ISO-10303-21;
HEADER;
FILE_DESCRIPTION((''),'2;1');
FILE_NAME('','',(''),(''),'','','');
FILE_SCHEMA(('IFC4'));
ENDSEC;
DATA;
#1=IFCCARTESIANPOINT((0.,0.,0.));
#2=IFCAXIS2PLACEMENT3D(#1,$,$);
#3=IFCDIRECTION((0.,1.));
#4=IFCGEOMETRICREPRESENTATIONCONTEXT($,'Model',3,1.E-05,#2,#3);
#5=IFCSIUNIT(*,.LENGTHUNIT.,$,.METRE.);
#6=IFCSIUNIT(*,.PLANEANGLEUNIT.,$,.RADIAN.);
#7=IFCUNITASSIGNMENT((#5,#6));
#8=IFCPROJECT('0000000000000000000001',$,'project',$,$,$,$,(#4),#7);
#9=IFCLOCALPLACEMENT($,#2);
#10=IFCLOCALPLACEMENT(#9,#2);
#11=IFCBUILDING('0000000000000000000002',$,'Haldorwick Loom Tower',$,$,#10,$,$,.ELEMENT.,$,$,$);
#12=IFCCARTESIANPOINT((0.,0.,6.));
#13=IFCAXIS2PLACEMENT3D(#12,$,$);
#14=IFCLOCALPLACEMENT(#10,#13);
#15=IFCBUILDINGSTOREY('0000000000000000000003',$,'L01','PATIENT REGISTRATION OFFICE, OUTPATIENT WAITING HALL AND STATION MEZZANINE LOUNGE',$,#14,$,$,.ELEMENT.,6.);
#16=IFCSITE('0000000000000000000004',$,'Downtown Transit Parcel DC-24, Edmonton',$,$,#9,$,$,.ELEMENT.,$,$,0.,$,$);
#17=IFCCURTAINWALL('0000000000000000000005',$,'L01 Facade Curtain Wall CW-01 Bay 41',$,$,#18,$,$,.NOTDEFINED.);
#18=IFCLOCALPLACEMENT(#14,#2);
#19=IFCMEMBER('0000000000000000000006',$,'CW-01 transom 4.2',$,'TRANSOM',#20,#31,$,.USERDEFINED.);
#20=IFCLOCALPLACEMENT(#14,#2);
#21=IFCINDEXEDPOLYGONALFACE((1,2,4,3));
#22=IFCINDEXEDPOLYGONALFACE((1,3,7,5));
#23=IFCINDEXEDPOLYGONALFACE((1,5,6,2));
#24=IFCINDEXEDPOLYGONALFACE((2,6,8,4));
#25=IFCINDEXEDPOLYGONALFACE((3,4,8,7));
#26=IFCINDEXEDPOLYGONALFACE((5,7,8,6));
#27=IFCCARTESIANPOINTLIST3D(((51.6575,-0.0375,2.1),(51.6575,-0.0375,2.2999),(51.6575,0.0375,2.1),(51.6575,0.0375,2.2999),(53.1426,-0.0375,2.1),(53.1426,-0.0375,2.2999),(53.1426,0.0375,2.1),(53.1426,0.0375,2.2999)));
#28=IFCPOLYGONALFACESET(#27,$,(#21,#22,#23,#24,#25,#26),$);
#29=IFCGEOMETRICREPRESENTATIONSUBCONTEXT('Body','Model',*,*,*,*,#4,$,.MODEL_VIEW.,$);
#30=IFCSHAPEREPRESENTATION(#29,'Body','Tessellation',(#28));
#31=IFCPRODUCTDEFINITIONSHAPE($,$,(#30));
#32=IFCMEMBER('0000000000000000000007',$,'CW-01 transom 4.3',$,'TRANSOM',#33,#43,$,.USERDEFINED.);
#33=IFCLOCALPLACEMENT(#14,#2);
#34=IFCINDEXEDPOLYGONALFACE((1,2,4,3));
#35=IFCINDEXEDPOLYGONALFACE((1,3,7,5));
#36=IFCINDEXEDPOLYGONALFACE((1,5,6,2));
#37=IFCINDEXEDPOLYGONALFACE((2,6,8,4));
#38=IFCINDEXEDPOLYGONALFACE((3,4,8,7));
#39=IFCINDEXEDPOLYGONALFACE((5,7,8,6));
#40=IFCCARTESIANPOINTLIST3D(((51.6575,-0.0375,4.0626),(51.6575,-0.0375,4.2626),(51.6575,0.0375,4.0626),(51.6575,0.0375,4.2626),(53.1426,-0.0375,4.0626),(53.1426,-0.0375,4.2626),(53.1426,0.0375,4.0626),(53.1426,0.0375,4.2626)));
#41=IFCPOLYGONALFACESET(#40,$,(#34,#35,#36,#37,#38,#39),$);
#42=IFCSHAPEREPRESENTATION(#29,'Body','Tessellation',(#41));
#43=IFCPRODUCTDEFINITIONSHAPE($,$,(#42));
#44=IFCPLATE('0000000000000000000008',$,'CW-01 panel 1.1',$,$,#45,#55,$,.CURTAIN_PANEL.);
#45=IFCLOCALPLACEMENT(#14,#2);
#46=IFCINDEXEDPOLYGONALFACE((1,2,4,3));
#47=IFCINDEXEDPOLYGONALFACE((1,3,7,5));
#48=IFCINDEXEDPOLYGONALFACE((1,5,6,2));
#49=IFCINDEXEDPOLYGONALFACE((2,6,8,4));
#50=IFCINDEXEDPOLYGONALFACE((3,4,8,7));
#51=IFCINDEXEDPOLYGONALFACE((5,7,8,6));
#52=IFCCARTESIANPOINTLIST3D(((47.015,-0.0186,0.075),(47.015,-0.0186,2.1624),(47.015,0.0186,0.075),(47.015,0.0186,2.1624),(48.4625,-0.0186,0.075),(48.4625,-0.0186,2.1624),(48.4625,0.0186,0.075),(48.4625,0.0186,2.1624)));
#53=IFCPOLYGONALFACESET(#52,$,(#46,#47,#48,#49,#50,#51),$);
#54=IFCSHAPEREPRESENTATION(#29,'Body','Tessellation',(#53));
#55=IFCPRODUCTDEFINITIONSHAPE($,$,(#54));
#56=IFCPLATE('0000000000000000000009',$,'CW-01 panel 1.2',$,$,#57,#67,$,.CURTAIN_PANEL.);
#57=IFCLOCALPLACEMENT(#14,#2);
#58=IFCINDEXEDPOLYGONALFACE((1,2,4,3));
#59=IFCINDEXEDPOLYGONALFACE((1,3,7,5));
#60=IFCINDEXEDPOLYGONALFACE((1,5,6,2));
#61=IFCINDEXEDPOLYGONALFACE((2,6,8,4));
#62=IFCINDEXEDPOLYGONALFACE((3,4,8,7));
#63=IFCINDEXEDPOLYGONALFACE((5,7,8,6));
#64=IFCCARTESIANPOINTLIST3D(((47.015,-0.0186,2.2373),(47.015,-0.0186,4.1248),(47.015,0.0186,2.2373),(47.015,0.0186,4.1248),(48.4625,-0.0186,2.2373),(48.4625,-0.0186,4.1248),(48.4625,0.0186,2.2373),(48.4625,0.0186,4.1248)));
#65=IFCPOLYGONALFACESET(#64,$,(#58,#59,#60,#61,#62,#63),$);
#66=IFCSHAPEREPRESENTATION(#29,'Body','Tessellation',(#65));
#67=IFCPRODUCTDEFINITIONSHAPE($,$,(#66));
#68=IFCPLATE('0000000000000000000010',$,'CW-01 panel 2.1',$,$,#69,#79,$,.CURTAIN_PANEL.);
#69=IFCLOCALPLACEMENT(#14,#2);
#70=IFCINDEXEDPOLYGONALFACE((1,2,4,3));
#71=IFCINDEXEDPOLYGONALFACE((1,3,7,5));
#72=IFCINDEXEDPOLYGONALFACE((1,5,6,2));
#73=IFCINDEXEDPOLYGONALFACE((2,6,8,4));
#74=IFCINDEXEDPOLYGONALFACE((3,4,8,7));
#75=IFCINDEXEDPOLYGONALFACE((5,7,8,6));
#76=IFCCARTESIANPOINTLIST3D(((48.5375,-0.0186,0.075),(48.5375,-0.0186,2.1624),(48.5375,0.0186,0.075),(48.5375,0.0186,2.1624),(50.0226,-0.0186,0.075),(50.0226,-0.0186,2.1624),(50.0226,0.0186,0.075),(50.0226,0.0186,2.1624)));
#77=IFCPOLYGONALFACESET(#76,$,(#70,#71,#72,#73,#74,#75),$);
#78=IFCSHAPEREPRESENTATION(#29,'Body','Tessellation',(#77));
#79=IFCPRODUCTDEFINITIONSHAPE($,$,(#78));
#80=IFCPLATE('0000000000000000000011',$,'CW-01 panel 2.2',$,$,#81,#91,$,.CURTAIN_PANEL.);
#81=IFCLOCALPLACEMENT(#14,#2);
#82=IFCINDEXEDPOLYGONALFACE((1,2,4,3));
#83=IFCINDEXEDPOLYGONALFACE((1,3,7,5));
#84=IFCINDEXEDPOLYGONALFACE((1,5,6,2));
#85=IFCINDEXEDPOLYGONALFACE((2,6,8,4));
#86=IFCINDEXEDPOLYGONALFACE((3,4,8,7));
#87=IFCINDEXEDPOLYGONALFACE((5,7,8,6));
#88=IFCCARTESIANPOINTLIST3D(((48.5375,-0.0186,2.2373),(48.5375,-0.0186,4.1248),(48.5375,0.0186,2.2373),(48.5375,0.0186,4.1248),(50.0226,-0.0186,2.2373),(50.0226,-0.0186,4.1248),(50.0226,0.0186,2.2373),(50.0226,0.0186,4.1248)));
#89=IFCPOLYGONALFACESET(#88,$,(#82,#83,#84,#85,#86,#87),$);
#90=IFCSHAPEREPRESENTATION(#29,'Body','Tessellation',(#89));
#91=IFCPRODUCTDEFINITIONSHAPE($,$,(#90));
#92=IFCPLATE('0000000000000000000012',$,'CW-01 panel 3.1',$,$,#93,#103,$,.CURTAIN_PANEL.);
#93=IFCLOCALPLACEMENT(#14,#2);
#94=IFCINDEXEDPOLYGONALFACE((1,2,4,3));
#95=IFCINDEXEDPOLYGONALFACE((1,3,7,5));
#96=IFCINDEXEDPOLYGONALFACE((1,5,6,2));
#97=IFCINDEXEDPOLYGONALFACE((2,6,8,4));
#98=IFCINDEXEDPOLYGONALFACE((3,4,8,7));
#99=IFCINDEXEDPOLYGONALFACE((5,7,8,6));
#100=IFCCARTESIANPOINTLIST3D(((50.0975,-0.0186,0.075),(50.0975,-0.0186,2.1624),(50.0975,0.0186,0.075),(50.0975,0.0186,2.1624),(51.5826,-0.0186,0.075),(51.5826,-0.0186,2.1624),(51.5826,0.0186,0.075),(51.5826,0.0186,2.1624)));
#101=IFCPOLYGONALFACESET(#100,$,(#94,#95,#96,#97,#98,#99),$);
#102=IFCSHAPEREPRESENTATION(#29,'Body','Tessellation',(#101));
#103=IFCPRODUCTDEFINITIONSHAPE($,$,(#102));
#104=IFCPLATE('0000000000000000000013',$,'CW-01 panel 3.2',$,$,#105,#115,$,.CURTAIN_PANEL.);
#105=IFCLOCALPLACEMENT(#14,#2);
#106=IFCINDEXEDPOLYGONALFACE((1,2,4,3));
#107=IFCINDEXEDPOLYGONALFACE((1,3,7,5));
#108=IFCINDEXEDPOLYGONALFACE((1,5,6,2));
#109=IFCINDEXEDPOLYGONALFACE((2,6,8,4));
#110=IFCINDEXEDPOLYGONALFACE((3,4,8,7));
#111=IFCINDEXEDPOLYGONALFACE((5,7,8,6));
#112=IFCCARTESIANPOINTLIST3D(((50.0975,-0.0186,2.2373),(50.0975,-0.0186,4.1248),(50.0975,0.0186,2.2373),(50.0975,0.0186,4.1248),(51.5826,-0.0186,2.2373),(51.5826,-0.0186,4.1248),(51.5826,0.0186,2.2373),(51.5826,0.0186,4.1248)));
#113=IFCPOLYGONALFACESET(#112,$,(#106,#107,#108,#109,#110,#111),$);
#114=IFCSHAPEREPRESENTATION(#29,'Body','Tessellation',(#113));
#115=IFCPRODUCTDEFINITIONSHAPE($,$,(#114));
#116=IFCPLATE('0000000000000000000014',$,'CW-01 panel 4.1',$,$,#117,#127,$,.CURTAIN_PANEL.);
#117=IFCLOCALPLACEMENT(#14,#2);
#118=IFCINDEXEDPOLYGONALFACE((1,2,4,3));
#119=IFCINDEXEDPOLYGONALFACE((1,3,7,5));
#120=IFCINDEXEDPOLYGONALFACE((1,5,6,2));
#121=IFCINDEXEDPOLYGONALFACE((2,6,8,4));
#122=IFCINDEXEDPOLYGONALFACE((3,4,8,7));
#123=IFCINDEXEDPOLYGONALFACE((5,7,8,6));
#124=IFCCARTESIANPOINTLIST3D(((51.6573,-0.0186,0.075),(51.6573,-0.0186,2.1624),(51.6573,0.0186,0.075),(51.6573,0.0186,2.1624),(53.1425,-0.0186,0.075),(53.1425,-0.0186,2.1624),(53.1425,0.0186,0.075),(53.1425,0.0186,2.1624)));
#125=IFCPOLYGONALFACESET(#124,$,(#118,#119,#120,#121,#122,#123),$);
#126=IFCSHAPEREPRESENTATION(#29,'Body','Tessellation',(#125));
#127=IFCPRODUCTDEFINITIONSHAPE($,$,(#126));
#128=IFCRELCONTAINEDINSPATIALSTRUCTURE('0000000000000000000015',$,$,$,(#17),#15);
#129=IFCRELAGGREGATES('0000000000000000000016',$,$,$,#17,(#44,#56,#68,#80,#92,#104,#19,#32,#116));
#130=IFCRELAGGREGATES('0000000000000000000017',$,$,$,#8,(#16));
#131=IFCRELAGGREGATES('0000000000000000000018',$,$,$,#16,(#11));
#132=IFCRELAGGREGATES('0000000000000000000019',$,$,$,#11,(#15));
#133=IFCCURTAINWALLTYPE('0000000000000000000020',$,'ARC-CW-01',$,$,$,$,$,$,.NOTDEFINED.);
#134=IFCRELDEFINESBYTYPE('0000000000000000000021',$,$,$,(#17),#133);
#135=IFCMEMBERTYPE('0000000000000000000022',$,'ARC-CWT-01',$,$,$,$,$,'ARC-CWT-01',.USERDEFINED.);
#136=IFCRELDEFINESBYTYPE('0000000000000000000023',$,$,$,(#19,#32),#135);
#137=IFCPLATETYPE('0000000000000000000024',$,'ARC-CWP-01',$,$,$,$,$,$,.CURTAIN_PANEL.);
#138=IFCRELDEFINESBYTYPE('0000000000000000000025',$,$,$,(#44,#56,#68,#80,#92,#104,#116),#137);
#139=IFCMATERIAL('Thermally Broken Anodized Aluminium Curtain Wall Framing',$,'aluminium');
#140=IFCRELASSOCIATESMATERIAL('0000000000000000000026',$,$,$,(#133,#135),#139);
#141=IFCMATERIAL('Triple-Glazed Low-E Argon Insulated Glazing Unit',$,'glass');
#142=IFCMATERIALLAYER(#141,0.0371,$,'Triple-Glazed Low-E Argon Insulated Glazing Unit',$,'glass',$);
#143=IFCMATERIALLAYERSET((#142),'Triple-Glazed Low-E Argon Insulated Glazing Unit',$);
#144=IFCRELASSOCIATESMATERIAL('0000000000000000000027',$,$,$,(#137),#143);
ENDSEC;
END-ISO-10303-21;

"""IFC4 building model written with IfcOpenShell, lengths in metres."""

from ifc_helpers import new_model, si_unit, direction, frame, origin, origin_2d, place, context, subcontext, project, spatial, rectangle, extrude, material, layer, layer_set, material_profile, profile_set, type_object, element, aggregate, save


model = new_model("IFC4")

# Units and contexts
model_context = context("Model", 3, precision=1e-05, world=origin(), true_north=direction((0.0, 1.0)))
body_context = subcontext(model_context, "Body", "Model", "MODEL_VIEW")
ifc_project = project(units=[si_unit("LENGTHUNIT", "METRE"), si_unit("PLANEANGLEUNIT", "RADIAN")], contexts=[model_context])

# Site, building, storey
site_placement = place(None, origin())
site = spatial("IfcSite", under=ifc_project, at=site_placement, Name="Downtown Transit Parcel DC-24, Edmonton", CompositionType="ELEMENT", RefElevation=0.0)
building_placement = place(site_placement, origin())
building = spatial("IfcBuilding", under=site, at=building_placement, Name="Haldorwick Loom Tower", CompositionType="ELEMENT")
storey_placement = place(building_placement, frame((0.0, 0.0, 6.0)))
storey = spatial("IfcBuildingStorey", under=building, at=storey_placement, Name="L01", Description="PATIENT REGISTRATION OFFICE, OUTPATIENT WAITING HALL AND STATION MEZZANINE LOUNGE", CompositionType="ELEMENT", Elevation=6.0)

# Shared definitions
ifc_material_1 = material(Name="Thermally Broken Anodized Aluminium Curtain Wall Framing", Category="aluminium")
curtain_wall_type = type_object("IfcCurtainWallType", Name="ARC-CW-01", PredefinedType="NOTDEFINED", material=ifc_material_1)

# Curtain wall, members, plates
curtain_wall_1_placement = place(storey_placement, origin())
curtain_wall_1 = element("IfcCurtainWall", 1, at=curtain_wall_1_placement, inside=storey, type_object=curtain_wall_type, Name="L01 Facade Curtain Wall CW-01 Bay 41", PredefinedType="NOTDEFINED")
ifc_material_profile_1 = material_profile(ifc_material_1, rectangle(XDim=0.075, YDim=0.2, at=origin_2d()), Name="ALU_TRN_75X200", Category="aluminium")
ifc_profile_set_1 = profile_set([ifc_material_profile_1], Name="Thermally Broken Anodized Aluminium Curtain Wall Framing")
member_type_1 = type_object("IfcMemberType", Name="ARC-CWT-01", ElementType="ARC-CWT-01", PredefinedType="USERDEFINED", material=ifc_profile_set_1)
member_1_placement = place(storey_placement, frame((51.6575, 0.0, 2.2), z_axis=(1.0, 0.0, 0.0), x_axis=(0.0, 1.0, 0.0)))
member_1 = element("IfcMember", 2, at=member_1_placement, type_object=member_type_1, Name="CW-01 transom 4.2", ObjectType="TRANSOM", PredefinedType="USERDEFINED", context=body_context, shape_type="SweptSolid", body=[
    extrude(rectangle(XDim=0.075, YDim=0.2, at=origin_2d()), origin(), (0.0, 0.0, 1.0), 1.4851),
])
member_2_placement = place(storey_placement, frame((51.6575, 0.0, 4.1626), z_axis=(1.0, 0.0, 0.0), x_axis=(0.0, 1.0, 0.0)))
member_2 = element("IfcMember", 3, at=member_2_placement, type_object=member_type_1, Name="CW-01 transom 4.3", ObjectType="TRANSOM", PredefinedType="USERDEFINED", context=body_context, shape_type="SweptSolid", body=[
    extrude(rectangle(XDim=0.075, YDim=0.2, at=origin_2d()), origin(), (0.0, 0.0, 1.0), 1.4851),
])
ifc_material_2 = material(Name="Triple-Glazed Low-E Argon Insulated Glazing Unit", Category="glass")
ifc_layer = layer(ifc_material_2, 0.0371, Name="Triple-Glazed Low-E Argon Insulated Glazing Unit", Category="glass")
ifc_layer_set = layer_set([ifc_layer], Name="Triple-Glazed Low-E Argon Insulated Glazing Unit")
plate_type = type_object("IfcPlateType", Name="ARC-CWP-01", PredefinedType="CURTAIN_PANEL", material=ifc_layer_set)
plate_1_placement = place(storey_placement, frame((47.7388, 0.0, 0.075), z_axis=(0.0, 0.0, 1.0), x_axis=(1.0, 0.0, 0.0)))
plate_1 = element("IfcPlate", 4, at=plate_1_placement, type_object=plate_type, Name="CW-01 panel 1.1", PredefinedType="CURTAIN_PANEL", context=body_context, shape_type="SweptSolid", body=[
    extrude(rectangle(XDim=1.4475, YDim=0.0371, at=origin_2d()), origin(), (0.0, 0.0, 1.0), 2.0874),
])
plate_2_placement = place(storey_placement, frame((47.7388, 0.0, 2.2373), z_axis=(0.0, 0.0, 1.0), x_axis=(1.0, 0.0, 0.0)))
plate_2 = element("IfcPlate", 5, at=plate_2_placement, type_object=plate_type, Name="CW-01 panel 1.2", PredefinedType="CURTAIN_PANEL", context=body_context, shape_type="SweptSolid", body=[
    extrude(rectangle(XDim=1.4475, YDim=0.0371, at=origin_2d()), origin(), (0.0, 0.0, 1.0), 1.8875),
])
plate_3_placement = place(storey_placement, frame((49.28, 0.0, 0.075), z_axis=(0.0, 0.0, 1.0), x_axis=(1.0, 0.0, 0.0)))
plate_3 = element("IfcPlate", 6, at=plate_3_placement, type_object=plate_type, Name="CW-01 panel 2.1", PredefinedType="CURTAIN_PANEL", context=body_context, shape_type="SweptSolid", body=[
    extrude(rectangle(XDim=1.4851, YDim=0.0371, at=origin_2d()), origin(), (0.0, 0.0, 1.0), 2.0874),
])
plate_4_placement = place(storey_placement, frame((49.28, 0.0, 2.2373), z_axis=(0.0, 0.0, 1.0), x_axis=(1.0, 0.0, 0.0)))
plate_4 = element("IfcPlate", 7, at=plate_4_placement, type_object=plate_type, Name="CW-01 panel 2.2", PredefinedType="CURTAIN_PANEL", context=body_context, shape_type="SweptSolid", body=[
    extrude(rectangle(XDim=1.4851, YDim=0.0371, at=origin_2d()), origin(), (0.0, 0.0, 1.0), 1.8875),
])
plate_5_placement = place(storey_placement, frame((50.8401, 0.0, 0.075), z_axis=(0.0, 0.0, 1.0), x_axis=(1.0, 0.0, 0.0)))
plate_5 = element("IfcPlate", 8, at=plate_5_placement, type_object=plate_type, Name="CW-01 panel 3.1", PredefinedType="CURTAIN_PANEL", context=body_context, shape_type="SweptSolid", body=[
    extrude(rectangle(XDim=1.4851, YDim=0.0371, at=origin_2d()), origin(), (0.0, 0.0, 1.0), 2.0874),
])
plate_6_placement = place(storey_placement, frame((50.8401, 0.0, 2.2373), z_axis=(0.0, 0.0, 1.0), x_axis=(1.0, 0.0, 0.0)))
plate_6 = element("IfcPlate", 9, at=plate_6_placement, type_object=plate_type, Name="CW-01 panel 3.2", PredefinedType="CURTAIN_PANEL", context=body_context, shape_type="SweptSolid", body=[
    extrude(rectangle(XDim=1.4851, YDim=0.0371, at=origin_2d()), origin(), (0.0, 0.0, 1.0), 1.8875),
])
plate_7_placement = place(storey_placement, frame((52.3999, 0.0, 0.075), z_axis=(0.0, 0.0, 1.0), x_axis=(1.0, 0.0, 0.0)))
plate_7 = element("IfcPlate", 10, at=plate_7_placement, type_object=plate_type, Name="CW-01 panel 4.1", PredefinedType="CURTAIN_PANEL", context=body_context, shape_type="SweptSolid", body=[
    extrude(rectangle(XDim=1.4851, YDim=0.0371, at=origin_2d()), origin(), (0.0, 0.0, 1.0), 2.0874),
])
aggregate(curtain_wall_1, [plate_1, plate_2, plate_3, plate_4, plate_5, plate_6, member_1, member_2, plate_7])

save(model, "model.ifc")
